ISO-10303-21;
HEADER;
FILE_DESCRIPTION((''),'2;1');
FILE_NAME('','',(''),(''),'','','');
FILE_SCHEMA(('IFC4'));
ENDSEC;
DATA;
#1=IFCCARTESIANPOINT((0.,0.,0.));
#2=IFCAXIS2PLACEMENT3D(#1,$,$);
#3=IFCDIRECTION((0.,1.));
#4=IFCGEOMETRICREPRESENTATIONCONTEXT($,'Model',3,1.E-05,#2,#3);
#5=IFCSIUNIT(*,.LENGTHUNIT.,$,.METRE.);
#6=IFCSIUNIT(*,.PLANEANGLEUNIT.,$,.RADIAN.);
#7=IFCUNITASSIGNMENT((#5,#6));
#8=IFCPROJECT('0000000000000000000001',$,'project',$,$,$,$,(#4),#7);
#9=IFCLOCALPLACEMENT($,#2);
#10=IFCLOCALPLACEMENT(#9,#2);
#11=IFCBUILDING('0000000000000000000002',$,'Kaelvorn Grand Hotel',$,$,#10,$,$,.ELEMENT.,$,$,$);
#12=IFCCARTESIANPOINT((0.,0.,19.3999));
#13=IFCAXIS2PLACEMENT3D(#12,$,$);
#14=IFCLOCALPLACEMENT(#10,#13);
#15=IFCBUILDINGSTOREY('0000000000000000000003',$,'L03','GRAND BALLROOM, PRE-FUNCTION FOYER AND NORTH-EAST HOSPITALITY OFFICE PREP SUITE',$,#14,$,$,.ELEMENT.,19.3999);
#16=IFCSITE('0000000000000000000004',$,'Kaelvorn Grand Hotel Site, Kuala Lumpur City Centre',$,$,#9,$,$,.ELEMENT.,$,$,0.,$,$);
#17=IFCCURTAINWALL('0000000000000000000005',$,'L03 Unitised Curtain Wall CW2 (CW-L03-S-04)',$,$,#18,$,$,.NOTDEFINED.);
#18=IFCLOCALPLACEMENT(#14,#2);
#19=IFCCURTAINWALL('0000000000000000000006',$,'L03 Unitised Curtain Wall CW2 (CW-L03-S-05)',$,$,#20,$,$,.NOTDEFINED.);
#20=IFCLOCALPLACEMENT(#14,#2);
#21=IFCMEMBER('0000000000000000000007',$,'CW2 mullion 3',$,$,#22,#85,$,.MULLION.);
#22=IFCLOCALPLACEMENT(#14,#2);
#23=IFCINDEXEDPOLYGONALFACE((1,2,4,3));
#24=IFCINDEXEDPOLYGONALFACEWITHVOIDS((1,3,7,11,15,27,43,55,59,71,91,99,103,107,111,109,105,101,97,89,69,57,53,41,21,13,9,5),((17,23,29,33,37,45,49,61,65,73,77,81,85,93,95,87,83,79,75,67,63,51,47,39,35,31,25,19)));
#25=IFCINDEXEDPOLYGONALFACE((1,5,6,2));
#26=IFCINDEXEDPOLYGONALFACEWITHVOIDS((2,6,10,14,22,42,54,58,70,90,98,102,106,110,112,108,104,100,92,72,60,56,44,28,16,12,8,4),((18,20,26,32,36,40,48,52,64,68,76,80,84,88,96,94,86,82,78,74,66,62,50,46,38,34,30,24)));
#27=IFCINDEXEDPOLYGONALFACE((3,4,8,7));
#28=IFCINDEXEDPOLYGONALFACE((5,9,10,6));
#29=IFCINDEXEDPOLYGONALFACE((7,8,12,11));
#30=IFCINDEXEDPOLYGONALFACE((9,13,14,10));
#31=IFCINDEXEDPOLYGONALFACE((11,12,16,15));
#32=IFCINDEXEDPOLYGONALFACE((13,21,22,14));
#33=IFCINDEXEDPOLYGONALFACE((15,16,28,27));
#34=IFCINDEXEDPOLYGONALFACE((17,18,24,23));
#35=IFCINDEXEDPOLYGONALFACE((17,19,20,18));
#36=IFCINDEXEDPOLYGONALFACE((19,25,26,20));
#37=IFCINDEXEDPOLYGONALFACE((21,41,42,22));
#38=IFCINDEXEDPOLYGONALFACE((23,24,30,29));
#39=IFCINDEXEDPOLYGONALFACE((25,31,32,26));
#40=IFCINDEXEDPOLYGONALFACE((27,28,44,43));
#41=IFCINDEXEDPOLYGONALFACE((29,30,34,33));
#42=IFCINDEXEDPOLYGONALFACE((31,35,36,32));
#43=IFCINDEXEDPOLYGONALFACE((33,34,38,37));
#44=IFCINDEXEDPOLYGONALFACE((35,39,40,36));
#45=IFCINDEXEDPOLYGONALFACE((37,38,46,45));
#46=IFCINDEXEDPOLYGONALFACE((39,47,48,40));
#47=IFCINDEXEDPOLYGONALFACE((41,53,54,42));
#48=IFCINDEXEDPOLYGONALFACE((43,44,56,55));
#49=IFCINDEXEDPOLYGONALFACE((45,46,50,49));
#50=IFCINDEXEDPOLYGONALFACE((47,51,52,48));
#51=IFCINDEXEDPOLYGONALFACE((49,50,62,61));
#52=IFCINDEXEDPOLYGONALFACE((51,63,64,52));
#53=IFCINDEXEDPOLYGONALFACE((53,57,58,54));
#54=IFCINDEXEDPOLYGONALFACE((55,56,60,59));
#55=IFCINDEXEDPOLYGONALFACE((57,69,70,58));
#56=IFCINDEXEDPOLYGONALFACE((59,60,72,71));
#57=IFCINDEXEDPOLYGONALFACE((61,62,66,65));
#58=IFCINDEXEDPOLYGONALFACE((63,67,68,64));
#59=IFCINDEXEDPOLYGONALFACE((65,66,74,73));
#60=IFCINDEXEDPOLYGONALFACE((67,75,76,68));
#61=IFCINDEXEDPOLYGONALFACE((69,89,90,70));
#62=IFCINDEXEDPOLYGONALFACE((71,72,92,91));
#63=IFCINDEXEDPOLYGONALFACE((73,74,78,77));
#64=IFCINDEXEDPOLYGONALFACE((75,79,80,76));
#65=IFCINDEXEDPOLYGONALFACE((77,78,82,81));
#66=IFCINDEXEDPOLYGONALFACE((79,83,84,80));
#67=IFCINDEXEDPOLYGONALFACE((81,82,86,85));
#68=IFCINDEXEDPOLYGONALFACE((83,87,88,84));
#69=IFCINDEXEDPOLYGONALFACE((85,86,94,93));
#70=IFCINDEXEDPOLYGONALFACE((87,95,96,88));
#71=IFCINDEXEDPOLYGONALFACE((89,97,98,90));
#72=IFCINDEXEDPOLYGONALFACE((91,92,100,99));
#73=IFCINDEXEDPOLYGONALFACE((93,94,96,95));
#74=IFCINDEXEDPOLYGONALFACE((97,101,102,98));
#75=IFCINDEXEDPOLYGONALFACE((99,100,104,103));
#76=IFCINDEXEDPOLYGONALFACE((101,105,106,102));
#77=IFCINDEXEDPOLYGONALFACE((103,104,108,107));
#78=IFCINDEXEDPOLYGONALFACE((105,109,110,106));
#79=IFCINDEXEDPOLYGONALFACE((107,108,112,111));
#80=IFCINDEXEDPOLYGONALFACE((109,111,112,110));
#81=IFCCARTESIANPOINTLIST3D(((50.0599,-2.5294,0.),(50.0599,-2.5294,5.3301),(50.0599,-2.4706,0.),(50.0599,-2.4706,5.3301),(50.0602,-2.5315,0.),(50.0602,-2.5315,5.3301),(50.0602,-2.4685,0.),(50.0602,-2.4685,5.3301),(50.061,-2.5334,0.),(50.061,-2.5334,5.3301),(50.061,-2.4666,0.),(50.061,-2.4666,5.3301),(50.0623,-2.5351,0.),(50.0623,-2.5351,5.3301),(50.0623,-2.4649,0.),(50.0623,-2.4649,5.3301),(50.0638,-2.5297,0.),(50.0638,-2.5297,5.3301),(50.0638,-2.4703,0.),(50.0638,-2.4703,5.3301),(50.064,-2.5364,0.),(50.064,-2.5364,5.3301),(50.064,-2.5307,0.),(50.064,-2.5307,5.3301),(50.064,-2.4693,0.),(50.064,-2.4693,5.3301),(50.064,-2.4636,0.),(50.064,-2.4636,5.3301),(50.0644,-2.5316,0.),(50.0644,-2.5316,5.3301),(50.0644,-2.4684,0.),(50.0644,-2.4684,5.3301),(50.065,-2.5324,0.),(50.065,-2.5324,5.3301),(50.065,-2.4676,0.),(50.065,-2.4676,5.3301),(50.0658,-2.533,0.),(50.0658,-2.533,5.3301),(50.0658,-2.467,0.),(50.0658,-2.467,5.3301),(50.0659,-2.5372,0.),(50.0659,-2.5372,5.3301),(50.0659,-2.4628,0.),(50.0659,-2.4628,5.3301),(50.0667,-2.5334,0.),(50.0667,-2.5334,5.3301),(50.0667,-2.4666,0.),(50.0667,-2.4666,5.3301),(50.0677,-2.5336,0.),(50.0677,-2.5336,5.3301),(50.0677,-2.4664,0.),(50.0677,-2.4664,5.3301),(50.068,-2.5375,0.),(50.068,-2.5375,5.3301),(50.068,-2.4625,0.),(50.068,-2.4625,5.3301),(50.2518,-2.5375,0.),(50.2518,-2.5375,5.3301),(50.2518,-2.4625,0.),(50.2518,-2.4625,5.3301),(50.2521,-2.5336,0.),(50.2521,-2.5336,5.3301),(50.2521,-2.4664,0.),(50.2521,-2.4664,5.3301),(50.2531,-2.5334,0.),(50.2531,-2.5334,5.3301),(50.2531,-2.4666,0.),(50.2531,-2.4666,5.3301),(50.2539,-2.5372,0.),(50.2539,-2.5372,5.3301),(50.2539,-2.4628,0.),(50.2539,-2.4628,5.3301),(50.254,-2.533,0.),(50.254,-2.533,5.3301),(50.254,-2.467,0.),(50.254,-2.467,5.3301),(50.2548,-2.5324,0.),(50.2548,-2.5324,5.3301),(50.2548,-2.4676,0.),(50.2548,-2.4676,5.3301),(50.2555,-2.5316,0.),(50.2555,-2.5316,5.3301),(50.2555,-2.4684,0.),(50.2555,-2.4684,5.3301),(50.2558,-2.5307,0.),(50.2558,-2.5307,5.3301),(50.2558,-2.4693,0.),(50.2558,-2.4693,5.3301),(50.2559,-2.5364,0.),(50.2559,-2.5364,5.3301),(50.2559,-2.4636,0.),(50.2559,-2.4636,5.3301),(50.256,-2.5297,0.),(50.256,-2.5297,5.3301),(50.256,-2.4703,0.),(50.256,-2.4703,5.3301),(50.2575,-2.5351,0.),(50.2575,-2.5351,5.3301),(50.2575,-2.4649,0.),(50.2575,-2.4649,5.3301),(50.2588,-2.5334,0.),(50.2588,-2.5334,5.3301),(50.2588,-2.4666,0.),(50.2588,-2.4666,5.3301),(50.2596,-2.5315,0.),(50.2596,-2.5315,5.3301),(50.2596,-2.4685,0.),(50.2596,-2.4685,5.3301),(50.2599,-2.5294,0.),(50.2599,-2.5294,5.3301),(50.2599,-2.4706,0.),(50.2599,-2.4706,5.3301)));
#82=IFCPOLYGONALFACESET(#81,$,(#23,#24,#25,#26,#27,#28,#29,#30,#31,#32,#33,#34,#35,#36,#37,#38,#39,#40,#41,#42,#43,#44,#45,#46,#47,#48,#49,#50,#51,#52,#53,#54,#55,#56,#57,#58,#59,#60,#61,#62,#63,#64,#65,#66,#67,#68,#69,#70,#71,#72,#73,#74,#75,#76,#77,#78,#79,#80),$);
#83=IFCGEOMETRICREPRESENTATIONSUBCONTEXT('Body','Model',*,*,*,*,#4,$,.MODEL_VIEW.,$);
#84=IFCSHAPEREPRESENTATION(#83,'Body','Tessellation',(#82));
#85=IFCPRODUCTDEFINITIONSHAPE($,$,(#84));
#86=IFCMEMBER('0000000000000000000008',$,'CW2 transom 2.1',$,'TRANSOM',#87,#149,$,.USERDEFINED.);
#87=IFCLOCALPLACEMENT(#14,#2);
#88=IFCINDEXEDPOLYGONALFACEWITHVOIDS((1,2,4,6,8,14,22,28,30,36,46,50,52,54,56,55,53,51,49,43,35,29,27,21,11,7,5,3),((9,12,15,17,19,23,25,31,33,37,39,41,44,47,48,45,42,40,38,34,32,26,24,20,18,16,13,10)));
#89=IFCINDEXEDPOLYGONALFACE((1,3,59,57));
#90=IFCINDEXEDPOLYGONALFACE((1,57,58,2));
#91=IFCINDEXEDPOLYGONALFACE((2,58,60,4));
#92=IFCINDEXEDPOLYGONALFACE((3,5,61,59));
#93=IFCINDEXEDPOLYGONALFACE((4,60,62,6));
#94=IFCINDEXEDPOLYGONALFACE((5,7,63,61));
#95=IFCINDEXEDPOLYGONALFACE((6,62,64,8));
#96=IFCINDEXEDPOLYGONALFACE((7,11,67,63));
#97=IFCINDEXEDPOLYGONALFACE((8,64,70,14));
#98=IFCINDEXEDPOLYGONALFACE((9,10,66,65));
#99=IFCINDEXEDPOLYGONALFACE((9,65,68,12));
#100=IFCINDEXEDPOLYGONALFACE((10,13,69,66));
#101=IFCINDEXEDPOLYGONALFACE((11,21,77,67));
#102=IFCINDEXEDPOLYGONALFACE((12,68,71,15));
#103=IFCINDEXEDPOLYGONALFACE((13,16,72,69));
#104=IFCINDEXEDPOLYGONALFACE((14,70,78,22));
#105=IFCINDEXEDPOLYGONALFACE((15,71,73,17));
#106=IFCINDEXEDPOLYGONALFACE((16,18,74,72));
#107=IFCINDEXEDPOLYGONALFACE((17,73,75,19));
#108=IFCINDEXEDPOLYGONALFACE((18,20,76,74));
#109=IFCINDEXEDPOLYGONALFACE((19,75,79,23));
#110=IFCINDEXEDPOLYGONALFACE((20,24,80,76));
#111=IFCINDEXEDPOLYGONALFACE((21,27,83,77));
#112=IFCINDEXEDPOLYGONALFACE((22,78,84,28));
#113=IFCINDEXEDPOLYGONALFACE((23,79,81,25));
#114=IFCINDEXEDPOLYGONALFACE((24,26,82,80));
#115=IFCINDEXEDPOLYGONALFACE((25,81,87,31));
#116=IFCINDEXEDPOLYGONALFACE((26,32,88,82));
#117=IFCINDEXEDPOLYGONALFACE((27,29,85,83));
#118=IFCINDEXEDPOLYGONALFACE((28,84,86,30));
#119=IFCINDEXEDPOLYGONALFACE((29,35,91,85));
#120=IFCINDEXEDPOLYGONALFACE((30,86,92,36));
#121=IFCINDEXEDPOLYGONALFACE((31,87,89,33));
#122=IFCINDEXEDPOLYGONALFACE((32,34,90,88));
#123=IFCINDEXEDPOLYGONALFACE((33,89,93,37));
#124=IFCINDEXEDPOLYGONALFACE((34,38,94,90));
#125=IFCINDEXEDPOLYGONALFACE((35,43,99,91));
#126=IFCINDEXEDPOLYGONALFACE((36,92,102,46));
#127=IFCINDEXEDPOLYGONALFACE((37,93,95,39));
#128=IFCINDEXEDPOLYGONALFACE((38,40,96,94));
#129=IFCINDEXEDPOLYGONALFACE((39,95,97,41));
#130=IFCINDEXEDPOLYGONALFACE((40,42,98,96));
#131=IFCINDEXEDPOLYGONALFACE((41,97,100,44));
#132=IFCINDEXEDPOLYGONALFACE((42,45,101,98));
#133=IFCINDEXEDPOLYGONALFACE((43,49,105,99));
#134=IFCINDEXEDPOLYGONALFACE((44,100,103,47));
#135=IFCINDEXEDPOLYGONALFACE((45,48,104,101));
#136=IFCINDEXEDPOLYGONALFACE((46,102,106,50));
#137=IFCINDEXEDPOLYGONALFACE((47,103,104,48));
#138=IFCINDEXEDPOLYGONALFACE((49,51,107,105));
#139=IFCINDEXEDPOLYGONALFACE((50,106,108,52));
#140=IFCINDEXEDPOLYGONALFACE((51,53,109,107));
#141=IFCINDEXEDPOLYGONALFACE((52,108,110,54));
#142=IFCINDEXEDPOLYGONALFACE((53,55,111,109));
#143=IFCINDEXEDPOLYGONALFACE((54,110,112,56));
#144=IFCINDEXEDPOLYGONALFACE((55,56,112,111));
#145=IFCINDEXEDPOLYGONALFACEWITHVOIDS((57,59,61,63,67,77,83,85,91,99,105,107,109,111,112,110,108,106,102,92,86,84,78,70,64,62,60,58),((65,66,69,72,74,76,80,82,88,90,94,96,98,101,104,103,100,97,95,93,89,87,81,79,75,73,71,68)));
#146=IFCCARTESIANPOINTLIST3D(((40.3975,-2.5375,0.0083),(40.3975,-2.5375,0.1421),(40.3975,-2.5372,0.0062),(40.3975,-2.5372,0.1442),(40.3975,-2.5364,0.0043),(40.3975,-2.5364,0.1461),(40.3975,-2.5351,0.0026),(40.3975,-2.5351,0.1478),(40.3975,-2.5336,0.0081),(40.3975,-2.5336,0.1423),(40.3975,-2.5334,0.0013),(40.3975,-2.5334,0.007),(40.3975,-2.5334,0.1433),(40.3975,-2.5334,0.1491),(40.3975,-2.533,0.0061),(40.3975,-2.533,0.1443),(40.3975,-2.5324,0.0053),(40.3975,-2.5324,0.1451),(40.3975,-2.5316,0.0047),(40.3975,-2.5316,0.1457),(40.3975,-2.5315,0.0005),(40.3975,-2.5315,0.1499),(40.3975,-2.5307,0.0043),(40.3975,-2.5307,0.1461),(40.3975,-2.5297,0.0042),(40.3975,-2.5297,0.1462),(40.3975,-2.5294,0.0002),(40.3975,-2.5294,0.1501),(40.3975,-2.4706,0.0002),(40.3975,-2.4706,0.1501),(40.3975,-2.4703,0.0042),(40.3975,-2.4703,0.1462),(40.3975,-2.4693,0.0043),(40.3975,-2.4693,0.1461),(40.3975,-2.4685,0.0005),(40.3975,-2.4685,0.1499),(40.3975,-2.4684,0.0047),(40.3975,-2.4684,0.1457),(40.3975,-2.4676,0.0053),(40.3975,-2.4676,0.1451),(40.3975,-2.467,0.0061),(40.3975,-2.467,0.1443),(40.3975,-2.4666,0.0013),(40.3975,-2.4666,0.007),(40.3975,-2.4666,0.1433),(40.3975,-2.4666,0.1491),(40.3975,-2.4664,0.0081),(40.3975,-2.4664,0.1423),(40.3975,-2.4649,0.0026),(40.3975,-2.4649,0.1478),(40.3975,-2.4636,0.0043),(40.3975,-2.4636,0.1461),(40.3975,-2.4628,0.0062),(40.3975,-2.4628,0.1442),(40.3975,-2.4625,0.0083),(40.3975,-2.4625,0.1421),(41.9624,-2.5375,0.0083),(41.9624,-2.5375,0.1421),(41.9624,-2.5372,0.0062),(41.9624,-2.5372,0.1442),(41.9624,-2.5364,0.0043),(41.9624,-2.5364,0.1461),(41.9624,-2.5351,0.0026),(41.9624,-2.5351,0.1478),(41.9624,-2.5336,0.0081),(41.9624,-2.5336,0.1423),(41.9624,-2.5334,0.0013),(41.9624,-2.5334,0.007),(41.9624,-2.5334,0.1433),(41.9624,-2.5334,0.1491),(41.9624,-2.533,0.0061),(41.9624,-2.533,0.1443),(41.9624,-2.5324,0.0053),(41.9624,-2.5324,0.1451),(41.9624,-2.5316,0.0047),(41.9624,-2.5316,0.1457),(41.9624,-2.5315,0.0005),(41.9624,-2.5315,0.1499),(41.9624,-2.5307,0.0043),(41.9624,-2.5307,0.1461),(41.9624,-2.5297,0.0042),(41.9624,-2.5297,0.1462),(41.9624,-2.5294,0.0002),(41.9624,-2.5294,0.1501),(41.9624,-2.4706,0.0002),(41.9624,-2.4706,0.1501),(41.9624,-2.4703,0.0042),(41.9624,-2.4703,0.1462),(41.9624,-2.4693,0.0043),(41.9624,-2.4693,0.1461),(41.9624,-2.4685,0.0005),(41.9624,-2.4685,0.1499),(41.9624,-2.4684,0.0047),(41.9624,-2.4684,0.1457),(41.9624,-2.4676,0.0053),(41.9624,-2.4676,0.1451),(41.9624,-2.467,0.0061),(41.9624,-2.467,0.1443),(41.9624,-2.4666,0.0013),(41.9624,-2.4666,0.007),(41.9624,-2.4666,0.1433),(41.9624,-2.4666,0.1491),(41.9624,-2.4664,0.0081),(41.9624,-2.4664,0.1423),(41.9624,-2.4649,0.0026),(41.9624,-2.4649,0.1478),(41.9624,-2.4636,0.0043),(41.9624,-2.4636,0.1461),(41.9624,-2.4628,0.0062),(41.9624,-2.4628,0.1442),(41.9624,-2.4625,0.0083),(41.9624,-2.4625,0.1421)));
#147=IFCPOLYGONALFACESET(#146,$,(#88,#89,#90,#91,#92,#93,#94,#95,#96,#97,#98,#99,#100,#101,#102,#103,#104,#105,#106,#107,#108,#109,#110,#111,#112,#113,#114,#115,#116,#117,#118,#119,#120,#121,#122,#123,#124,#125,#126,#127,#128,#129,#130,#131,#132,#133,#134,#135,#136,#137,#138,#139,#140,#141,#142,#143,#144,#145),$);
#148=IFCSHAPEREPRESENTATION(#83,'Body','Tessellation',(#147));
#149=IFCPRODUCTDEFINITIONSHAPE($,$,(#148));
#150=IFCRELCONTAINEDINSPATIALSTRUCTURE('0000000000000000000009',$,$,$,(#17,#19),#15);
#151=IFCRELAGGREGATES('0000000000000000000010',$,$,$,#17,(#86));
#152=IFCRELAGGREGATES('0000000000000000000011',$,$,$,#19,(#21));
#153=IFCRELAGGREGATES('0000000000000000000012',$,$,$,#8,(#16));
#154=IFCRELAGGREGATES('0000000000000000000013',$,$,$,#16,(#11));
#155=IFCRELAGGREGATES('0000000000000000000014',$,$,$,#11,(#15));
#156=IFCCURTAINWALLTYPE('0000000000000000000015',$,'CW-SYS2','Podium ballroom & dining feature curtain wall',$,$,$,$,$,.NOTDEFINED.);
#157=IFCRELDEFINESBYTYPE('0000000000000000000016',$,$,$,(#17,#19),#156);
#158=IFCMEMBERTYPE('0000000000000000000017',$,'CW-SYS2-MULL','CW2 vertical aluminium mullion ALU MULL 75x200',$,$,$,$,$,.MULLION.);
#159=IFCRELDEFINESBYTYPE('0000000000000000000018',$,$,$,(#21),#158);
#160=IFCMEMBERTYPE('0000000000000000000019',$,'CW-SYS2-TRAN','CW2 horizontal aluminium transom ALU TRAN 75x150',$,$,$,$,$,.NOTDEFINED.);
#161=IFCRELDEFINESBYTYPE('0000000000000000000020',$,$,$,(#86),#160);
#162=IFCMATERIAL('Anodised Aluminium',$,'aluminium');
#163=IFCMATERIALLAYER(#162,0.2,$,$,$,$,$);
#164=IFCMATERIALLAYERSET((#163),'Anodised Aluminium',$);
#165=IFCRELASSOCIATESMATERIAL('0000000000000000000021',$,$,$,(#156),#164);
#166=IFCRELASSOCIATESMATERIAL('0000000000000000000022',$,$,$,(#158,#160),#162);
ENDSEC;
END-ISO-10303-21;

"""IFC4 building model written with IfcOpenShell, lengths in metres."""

from ifc_helpers import new_model, si_unit, direction, frame, origin, origin_2d, place, context, subcontext, project, spatial, hollow_rectangle, extrude, material, layer, layer_set, material_profile, profile_set, type_object, element, aggregate, save


model = new_model("IFC4")

# Units and contexts
model_context = context("Model", 3, precision=1e-05, world=origin(), true_north=direction((0.0, 1.0)))
body_context = subcontext(model_context, "Body", "Model", "MODEL_VIEW")
ifc_project = project(units=[si_unit("LENGTHUNIT", "METRE"), si_unit("PLANEANGLEUNIT", "RADIAN")], contexts=[model_context])

# Site, building, storey
site_placement = place(None, origin())
site = spatial("IfcSite", under=ifc_project, at=site_placement, Name="Kaelvorn Grand Hotel Site, Kuala Lumpur City Centre", CompositionType="ELEMENT", RefElevation=0.0)
building_placement = place(site_placement, origin())
building = spatial("IfcBuilding", under=site, at=building_placement, Name="Kaelvorn Grand Hotel", CompositionType="ELEMENT")
storey_placement = place(building_placement, frame((0.0, 0.0, 19.3999)))
storey = spatial("IfcBuildingStorey", under=building, at=storey_placement, Name="L03", Description="GRAND BALLROOM, PRE-FUNCTION FOYER AND NORTH-EAST HOSPITALITY OFFICE PREP SUITE", CompositionType="ELEMENT", Elevation=19.3999)

# Curtain walls, member
ifc_material_1 = material(Name="Anodised Aluminium", Category="aluminium")
ifc_layer_1 = layer(ifc_material_1, 0.2)
ifc_layer_set_1 = layer_set([ifc_layer_1], Name="Anodised Aluminium")
curtain_wall_type = type_object("IfcCurtainWallType", Name="CW-SYS2", Description="Podium ballroom & dining feature curtain wall", PredefinedType="NOTDEFINED", material=ifc_layer_set_1)
curtain_wall_1_placement = place(storey_placement, origin())
curtain_wall_1 = element("IfcCurtainWall", 1, at=curtain_wall_1_placement, inside=storey, type_object=curtain_wall_type, Name="L03 Unitised Curtain Wall CW2 (CW-L03-S-04)", PredefinedType="NOTDEFINED")
ifc_material_profile_1 = material_profile(ifc_material_1, hollow_rectangle(XDim=0.075, YDim=0.2, WallThickness=0.0039, InnerFilletRadius=0.0039, OuterFilletRadius=0.0081, at=origin_2d()), Name="ALU MULL 75x200")
ifc_profile_set_1 = profile_set([ifc_material_profile_1], Name="Anodised Aluminium")
member_type_1 = type_object("IfcMemberType", Name="CW-SYS2-MULL", Description="CW2 vertical aluminium mullion ALU MULL 75x200", PredefinedType="MULLION", material=ifc_profile_set_1)
curtain_wall_2_placement = place(storey_placement, origin())
curtain_wall_2 = element("IfcCurtainWall", 2, at=curtain_wall_2_placement, inside=storey, type_object=curtain_wall_type, Name="L03 Unitised Curtain Wall CW2 (CW-L03-S-05)", PredefinedType="NOTDEFINED")
member_1_placement = place(storey_placement, frame((50.1599, -2.5, 0.0), z_axis=(0.0, 0.0, 1.0), x_axis=(0.0, 1.0, 0.0)))
member_1 = element("IfcMember", 3, at=member_1_placement, type_object=member_type_1, Name="CW2 mullion 3", PredefinedType="MULLION", context=body_context, shape_type="SweptSolid", body=[
    extrude(hollow_rectangle(XDim=0.075, YDim=0.2, WallThickness=0.0039, InnerFilletRadius=0.0039, OuterFilletRadius=0.0081, at=origin_2d()), origin(), (0.0, 0.0, 1.0), 5.3301),
])

# Member
ifc_material_profile_2 = material_profile(ifc_material_1, hollow_rectangle(XDim=0.075, YDim=0.1499, WallThickness=0.0039, InnerFilletRadius=0.0039, OuterFilletRadius=0.0081, at=origin_2d()), Name="ALU TRAN 75x150")
ifc_profile_set_2 = profile_set([ifc_material_profile_2], Name="Anodised Aluminium")
member_type_2 = type_object("IfcMemberType", Name="CW-SYS2-TRAN", Description="CW2 horizontal aluminium transom ALU TRAN 75x150", PredefinedType="NOTDEFINED", material=ifc_profile_set_2)
member_2_placement = place(storey_placement, frame((40.3975, -2.5, 0.0752), z_axis=(1.0, 0.0, 0.0), x_axis=(0.0, 1.0, 0.0)))
member_2 = element("IfcMember", 4, at=member_2_placement, type_object=member_type_2, Name="CW2 transom 2.1", ObjectType="TRANSOM", PredefinedType="USERDEFINED", context=body_context, shape_type="SweptSolid", body=[
    extrude(hollow_rectangle(XDim=0.075, YDim=0.1499, WallThickness=0.0039, InnerFilletRadius=0.0039, OuterFilletRadius=0.0081, at=origin_2d()), origin(), (0.0, 0.0, 1.0), 1.5649),
])

aggregate(curtain_wall_1, [member_2])
aggregate(curtain_wall_2, [member_1])

save(model, "model.ifc")
